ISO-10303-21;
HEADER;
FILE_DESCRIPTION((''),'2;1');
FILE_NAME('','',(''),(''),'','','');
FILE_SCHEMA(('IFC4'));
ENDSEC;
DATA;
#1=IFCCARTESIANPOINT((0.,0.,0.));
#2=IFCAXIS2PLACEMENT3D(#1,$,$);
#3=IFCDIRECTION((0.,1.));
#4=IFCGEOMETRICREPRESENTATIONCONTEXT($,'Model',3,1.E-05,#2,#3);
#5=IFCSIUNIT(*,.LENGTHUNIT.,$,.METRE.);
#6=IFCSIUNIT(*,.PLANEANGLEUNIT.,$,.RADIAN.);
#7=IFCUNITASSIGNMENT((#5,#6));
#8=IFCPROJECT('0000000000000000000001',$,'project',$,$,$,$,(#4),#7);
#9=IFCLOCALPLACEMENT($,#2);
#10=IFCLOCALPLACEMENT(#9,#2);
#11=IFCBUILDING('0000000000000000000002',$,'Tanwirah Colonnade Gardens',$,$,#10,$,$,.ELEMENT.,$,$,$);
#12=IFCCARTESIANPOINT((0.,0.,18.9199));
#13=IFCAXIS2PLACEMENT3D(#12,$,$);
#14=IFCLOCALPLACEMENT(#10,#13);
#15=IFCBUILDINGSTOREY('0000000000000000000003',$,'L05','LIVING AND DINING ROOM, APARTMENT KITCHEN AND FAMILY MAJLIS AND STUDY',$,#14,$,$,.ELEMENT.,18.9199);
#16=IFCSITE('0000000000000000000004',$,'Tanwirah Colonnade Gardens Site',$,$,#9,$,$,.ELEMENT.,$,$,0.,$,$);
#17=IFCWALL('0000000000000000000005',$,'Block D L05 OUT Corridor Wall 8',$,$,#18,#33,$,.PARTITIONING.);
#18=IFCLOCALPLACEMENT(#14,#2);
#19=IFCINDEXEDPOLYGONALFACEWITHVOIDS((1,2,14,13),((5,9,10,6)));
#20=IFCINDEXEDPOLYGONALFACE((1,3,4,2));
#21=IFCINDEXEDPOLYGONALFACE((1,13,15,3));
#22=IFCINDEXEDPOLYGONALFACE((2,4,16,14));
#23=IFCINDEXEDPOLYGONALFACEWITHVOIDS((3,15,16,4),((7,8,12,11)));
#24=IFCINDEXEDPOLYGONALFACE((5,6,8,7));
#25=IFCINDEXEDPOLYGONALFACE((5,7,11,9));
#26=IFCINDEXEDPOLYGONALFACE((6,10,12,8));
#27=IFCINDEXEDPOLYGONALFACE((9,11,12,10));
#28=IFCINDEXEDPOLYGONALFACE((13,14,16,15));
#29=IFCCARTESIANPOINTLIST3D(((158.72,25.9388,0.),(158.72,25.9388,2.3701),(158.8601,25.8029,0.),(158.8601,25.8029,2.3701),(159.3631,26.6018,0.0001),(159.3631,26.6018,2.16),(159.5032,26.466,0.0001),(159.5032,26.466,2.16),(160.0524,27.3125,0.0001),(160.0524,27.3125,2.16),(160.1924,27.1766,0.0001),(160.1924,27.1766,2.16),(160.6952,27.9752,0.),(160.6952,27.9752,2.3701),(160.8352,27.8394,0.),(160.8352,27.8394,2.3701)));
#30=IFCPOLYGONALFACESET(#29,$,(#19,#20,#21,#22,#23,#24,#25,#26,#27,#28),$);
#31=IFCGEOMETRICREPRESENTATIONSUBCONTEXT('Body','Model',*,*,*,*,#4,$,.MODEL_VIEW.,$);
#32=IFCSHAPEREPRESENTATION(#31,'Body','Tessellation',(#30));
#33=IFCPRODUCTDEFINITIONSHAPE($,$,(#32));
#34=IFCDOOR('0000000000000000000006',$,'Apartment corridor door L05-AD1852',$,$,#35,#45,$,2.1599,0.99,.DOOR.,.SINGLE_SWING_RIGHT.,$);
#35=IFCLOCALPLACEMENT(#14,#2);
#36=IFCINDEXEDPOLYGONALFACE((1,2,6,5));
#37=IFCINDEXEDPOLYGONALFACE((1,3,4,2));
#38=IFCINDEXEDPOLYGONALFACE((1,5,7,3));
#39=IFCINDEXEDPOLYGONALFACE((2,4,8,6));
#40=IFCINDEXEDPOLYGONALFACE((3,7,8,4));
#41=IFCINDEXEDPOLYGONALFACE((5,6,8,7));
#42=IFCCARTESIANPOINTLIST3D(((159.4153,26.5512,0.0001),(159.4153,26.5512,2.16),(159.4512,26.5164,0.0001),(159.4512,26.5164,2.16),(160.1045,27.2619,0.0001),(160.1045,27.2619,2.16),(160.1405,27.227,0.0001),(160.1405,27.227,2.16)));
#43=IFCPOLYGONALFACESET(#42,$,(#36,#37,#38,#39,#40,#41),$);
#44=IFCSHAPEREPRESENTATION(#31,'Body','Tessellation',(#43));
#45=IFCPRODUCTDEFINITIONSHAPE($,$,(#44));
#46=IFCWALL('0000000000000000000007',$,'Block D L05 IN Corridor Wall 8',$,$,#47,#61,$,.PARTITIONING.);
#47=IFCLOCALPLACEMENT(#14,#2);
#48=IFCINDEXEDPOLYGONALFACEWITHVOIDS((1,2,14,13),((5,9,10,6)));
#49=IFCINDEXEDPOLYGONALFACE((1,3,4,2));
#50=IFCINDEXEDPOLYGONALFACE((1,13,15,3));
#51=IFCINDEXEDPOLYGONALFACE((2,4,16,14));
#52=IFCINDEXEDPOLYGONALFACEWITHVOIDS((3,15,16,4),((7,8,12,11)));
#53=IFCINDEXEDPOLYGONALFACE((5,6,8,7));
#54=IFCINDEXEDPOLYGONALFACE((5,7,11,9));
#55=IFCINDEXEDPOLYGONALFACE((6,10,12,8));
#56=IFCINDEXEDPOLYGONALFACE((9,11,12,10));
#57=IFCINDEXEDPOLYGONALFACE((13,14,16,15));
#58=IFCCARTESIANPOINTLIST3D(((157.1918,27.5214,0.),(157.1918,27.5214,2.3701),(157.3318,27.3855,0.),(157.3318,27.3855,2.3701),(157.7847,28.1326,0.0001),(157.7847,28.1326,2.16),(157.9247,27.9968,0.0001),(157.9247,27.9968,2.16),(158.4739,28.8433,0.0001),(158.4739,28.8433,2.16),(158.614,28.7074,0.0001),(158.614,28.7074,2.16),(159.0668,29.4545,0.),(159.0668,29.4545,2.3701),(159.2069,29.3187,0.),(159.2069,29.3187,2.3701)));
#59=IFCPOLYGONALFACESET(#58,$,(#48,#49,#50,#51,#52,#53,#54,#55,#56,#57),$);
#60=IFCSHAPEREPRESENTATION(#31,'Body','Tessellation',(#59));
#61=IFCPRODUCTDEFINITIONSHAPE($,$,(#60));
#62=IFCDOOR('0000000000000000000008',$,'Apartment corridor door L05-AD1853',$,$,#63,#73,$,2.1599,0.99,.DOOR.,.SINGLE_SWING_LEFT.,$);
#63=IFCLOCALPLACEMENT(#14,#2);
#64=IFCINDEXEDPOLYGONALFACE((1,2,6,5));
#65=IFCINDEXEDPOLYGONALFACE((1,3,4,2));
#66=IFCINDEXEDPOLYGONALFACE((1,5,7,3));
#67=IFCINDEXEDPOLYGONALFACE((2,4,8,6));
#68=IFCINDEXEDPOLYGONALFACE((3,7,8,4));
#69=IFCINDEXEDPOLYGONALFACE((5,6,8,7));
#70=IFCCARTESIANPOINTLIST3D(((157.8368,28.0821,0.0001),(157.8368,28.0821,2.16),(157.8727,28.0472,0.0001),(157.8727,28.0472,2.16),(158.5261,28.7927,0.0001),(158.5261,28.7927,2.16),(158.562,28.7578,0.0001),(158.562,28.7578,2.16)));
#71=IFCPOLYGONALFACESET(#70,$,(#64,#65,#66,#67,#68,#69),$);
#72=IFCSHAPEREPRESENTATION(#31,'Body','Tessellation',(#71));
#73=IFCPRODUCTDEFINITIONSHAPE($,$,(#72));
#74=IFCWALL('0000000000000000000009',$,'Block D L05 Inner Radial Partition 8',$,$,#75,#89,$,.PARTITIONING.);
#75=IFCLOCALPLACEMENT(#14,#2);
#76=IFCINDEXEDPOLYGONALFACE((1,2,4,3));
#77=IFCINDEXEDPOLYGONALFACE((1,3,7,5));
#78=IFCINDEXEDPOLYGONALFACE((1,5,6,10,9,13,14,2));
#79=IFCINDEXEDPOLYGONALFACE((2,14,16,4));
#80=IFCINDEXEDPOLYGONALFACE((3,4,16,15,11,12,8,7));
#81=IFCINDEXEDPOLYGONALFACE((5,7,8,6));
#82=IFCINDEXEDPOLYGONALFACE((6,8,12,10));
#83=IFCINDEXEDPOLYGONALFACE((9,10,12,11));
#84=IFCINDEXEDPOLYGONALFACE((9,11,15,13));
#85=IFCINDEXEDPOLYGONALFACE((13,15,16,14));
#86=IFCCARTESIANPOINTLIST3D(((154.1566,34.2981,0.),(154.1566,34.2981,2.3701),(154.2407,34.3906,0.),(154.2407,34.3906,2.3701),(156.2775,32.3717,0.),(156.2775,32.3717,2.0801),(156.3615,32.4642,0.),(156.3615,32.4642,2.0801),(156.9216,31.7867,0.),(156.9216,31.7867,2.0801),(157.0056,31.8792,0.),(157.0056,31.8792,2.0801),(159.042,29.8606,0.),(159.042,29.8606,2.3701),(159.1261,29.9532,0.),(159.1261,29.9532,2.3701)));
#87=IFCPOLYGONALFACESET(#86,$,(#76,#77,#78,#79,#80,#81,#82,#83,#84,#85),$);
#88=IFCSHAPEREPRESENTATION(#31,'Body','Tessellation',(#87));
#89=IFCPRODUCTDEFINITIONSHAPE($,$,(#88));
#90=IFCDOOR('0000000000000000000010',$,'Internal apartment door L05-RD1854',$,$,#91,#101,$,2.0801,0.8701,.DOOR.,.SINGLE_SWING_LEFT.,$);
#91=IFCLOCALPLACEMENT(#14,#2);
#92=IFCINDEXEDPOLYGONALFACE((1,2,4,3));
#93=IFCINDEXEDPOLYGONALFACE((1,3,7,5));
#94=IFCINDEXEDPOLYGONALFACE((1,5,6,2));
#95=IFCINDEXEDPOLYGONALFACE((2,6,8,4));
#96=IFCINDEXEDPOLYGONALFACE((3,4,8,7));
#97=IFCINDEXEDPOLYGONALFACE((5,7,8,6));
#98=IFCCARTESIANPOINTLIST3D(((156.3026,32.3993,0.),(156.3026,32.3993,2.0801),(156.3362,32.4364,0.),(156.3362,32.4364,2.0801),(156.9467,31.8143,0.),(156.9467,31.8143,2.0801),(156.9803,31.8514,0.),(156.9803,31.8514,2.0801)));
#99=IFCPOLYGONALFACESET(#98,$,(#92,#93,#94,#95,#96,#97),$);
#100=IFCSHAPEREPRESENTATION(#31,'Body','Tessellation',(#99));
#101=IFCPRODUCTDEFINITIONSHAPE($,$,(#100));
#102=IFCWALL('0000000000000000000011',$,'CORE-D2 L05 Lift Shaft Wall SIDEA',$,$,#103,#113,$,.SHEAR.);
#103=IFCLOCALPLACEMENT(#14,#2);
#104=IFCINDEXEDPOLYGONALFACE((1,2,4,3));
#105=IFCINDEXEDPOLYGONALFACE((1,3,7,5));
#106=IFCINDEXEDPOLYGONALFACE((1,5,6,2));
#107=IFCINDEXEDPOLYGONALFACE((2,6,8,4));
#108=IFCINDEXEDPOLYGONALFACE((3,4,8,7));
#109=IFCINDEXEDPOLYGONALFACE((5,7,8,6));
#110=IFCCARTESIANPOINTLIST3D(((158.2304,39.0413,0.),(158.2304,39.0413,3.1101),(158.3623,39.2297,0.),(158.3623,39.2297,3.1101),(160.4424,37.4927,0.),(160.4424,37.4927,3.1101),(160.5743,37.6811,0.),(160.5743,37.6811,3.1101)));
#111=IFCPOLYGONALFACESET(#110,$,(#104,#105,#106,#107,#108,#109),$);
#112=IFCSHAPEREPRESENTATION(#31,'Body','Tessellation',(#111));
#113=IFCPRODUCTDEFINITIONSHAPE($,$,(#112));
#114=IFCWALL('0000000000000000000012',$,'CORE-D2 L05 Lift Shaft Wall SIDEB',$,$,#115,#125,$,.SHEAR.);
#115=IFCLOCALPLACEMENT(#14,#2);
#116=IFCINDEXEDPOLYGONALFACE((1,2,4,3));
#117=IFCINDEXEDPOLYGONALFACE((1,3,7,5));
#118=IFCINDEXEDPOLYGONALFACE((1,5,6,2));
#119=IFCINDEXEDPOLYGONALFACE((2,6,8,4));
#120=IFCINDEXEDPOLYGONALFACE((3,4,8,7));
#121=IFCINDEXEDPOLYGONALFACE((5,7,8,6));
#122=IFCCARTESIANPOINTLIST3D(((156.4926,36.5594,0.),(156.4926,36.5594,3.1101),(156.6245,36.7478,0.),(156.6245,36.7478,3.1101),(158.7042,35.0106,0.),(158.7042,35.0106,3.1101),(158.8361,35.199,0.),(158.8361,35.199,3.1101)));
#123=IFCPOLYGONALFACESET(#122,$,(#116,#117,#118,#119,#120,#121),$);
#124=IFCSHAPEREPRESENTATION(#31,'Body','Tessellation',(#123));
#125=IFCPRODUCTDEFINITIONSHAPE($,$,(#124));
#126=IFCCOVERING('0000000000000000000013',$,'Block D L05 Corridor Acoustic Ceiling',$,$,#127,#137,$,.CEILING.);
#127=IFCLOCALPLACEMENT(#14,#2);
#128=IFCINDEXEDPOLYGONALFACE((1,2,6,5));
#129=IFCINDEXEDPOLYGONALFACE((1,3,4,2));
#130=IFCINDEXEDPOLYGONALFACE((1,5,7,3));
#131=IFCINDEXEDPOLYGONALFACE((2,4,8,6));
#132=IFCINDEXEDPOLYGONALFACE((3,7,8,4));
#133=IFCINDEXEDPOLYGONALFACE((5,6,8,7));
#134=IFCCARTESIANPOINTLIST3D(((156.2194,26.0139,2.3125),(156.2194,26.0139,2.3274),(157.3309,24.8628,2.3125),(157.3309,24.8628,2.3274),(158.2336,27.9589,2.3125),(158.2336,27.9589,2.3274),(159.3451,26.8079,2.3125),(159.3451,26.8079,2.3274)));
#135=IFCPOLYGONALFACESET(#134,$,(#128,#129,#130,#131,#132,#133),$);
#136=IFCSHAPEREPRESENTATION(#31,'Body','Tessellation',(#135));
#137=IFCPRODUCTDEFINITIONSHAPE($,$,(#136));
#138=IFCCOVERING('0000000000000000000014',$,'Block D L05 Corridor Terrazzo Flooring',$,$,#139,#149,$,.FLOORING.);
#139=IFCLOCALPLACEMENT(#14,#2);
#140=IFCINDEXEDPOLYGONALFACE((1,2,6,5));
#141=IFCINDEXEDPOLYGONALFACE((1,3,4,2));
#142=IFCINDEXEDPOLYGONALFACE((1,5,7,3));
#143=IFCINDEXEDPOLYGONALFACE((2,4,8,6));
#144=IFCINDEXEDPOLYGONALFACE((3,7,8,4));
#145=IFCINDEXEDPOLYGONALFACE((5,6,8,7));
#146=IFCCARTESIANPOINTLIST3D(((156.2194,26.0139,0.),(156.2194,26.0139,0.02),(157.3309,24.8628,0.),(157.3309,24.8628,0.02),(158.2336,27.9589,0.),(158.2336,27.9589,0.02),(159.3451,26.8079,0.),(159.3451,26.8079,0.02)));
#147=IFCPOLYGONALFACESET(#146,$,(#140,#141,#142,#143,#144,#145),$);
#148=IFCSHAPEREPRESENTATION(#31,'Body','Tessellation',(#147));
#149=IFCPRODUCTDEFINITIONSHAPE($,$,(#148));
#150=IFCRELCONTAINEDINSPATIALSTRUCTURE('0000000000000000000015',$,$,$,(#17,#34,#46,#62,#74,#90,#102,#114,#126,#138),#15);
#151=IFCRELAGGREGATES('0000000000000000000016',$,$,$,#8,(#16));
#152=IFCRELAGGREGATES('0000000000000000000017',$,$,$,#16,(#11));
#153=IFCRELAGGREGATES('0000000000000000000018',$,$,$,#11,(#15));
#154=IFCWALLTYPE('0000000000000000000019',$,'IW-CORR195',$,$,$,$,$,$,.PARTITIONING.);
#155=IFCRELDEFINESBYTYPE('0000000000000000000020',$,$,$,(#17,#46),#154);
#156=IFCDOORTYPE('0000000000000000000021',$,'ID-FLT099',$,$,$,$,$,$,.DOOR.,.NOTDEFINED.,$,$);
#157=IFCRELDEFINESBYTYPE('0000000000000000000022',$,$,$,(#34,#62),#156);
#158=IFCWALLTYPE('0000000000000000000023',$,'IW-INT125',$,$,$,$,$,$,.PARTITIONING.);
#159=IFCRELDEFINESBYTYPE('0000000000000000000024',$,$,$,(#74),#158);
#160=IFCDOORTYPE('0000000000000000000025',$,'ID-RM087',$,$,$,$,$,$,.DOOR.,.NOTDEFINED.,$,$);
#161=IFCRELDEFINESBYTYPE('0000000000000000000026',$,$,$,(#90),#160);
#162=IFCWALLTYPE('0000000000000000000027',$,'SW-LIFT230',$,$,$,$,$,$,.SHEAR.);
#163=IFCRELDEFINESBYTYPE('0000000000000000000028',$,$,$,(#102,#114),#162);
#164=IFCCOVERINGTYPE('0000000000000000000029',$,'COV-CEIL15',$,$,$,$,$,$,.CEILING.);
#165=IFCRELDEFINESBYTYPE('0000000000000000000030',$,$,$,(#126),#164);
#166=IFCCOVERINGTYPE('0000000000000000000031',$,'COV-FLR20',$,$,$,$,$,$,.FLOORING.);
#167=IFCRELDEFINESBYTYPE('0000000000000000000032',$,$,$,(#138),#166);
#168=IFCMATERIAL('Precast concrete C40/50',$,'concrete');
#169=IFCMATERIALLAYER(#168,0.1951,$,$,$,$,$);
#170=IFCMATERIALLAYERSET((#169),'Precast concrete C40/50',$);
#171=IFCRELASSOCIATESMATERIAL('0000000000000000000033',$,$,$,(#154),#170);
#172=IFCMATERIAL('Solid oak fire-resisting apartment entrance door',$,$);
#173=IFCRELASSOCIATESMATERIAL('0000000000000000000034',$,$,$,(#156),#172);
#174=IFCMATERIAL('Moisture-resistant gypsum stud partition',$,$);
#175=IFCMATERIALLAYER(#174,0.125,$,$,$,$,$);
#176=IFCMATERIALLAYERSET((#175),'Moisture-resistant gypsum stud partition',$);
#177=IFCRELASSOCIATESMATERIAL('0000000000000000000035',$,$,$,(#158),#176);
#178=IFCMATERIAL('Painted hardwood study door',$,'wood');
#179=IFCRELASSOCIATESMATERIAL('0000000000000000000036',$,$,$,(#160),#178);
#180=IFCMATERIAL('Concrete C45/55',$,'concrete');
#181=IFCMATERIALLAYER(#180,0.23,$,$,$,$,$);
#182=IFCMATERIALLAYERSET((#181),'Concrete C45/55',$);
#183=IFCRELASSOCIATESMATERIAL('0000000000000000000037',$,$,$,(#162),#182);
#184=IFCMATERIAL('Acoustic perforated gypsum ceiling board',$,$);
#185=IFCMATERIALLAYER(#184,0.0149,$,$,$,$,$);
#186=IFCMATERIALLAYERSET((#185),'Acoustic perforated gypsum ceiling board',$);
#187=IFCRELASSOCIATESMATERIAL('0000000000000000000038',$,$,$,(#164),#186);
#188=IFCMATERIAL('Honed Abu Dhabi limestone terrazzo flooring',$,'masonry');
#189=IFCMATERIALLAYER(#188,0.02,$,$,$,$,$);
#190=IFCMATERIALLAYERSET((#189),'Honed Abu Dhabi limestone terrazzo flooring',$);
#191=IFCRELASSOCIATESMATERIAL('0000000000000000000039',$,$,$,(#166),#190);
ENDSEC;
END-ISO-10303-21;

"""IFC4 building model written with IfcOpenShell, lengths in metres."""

from ifc_helpers import new_model, si_unit, direction, frame, frame_2d, origin, origin_2d, place, context, subcontext, project, spatial, rectangle, extrude, material, layer, layer_set, type_object, element, fill, save


model = new_model("IFC4")

# Units and contexts
model_context = context("Model", 3, precision=1e-05, world=origin(), true_north=direction((0.0, 1.0)))
body_context = subcontext(model_context, "Body", "Model", "MODEL_VIEW")
ifc_project = project(units=[si_unit("LENGTHUNIT", "METRE"), si_unit("PLANEANGLEUNIT", "RADIAN")], contexts=[model_context])

# Site, building, storey
site_placement = place(None, origin())
site = spatial("IfcSite", under=ifc_project, at=site_placement, Name="Tanwirah Colonnade Gardens Site", CompositionType="ELEMENT", RefElevation=0.0)
building_placement = place(site_placement, origin())
building = spatial("IfcBuilding", under=site, at=building_placement, Name="Tanwirah Colonnade Gardens", CompositionType="ELEMENT")
storey_placement = place(building_placement, frame((0.0, 0.0, 18.9199)))
storey = spatial("IfcBuildingStorey", under=building, at=storey_placement, Name="L05", Description="LIVING AND DINING ROOM, APARTMENT KITCHEN AND FAMILY MAJLIS AND STUDY", CompositionType="ELEMENT", Elevation=18.9199)

# Shared definitions
ifc_material_1 = material(Name="Precast concrete C40/50", Category="concrete")

# Walls, openings, doors
ifc_layer_1 = layer(ifc_material_1, 0.1951)
ifc_layer_set_1 = layer_set([ifc_layer_1], Name="Precast concrete C40/50")
wall_type_1 = type_object("IfcWallType", Name="IW-CORR195", PredefinedType="PARTITIONING", material=ifc_layer_set_1)
wall_1_placement = place(storey_placement, frame((158.79, 25.8708, 0.0), z_axis=(0.0, 0.0, 1.0), x_axis=(0.696224, 0.717825, 0.0)))
wall_1 = element("IfcWall", 1, at=wall_1_placement, inside=storey, type_object=wall_type_1, Name="Block D L05 OUT Corridor Wall 8", PredefinedType="PARTITIONING", context=body_context, shape_type="SweptSolid", body=[
    extrude(rectangle(XDim=2.8369, YDim=0.1951, at=frame_2d((1.4185, 0.0))), origin(), (0.0, 0.0, 1.0), 2.3701),
])
opening_1_placement = place(wall_1_placement, frame((0.9236, 0.0, 0.0)))
opening_1 = element("IfcOpeningElement", 2, at=opening_1_placement, cuts=wall_1, PredefinedType="OPENING", context=body_context, shape_type="SweptSolid", body=[
    extrude(rectangle(XDim=0.99, YDim=2.1599, at=frame_2d((0.4951, 1.0801))), frame((0.0, 0.1074, 0.0), z_axis=(0.0, -1.0, 0.0), x_axis=(1.0, 0.0, 0.0)), (0.0, 0.0, 1.0), 0.2151),
])
ifc_material_2 = material(Name="Solid oak fire-resisting apartment entrance door")
door_type_1 = type_object("IfcDoorType", Name="ID-FLT099", OperationType="NOTDEFINED", PredefinedType="DOOR", material=ifc_material_2)
door_1_placement = place(opening_1_placement, origin())
door_1 = element("IfcDoor", 3, at=door_1_placement, inside=storey, type_object=door_type_1, Name="Apartment corridor door L05-AD1852", OperationType="SINGLE_SWING_RIGHT", OverallHeight=2.1599, OverallWidth=0.99, PredefinedType="DOOR", context=body_context, shape_type="SweptSolid", body=[
    extrude(rectangle(XDim=0.99, YDim=2.1599, at=frame_2d((0.4951, 1.0801))), frame((0.0, 0.0249, 0.0), z_axis=(0.0, -1.0, 0.0), x_axis=(1.0, 0.0, 0.0)), (0.0, 0.0, 1.0), 0.05),
])
fill(opening_1, door_1)
wall_2_placement = place(storey_placement, frame((157.2617, 27.4534, 0.0), z_axis=(0.0, 0.0, 1.0), x_axis=(0.696236, 0.717813, 0.0)))
wall_2 = element("IfcWall", 4, at=wall_2_placement, inside=storey, type_object=wall_type_1, Name="Block D L05 IN Corridor Wall 8", PredefinedType="PARTITIONING", context=body_context, shape_type="SweptSolid", body=[
    extrude(rectangle(XDim=2.6931, YDim=0.1951, at=frame_2d((1.3467, 0.0))), origin(), (0.0, 0.0, 1.0), 2.3701),
])
opening_2_placement = place(wall_2_placement, frame((0.8516, 0.0, 0.0)))
opening_2 = element("IfcOpeningElement", 5, at=opening_2_placement, cuts=wall_2, PredefinedType="OPENING", context=body_context, shape_type="SweptSolid", body=[
    extrude(rectangle(XDim=0.99, YDim=2.1599, at=frame_2d((0.4951, 1.0801))), frame((0.0, 0.1074, 0.0), z_axis=(0.0, -1.0, 0.0), x_axis=(1.0, 0.0, 0.0)), (0.0, 0.0, 1.0), 0.2151),
])
door_2_placement = place(opening_2_placement, origin())
door_2 = element("IfcDoor", 6, at=door_2_placement, inside=storey, type_object=door_type_1, Name="Apartment corridor door L05-AD1853", OperationType="SINGLE_SWING_LEFT", OverallHeight=2.1599, OverallWidth=0.99, PredefinedType="DOOR", context=body_context, shape_type="SweptSolid", body=[
    extrude(rectangle(XDim=0.99, YDim=2.1599, at=frame_2d((0.4951, 1.0801))), frame((0.0, 0.0249, 0.0), z_axis=(0.0, -1.0, 0.0), x_axis=(1.0, 0.0, 0.0)), (0.0, 0.0, 1.0), 0.05),
])
fill(opening_2, door_2)
ifc_material_3 = material(Name="Moisture-resistant gypsum stud partition")
ifc_layer_2 = layer(ifc_material_3, 0.125)
ifc_layer_set_2 = layer_set([ifc_layer_2], Name="Moisture-resistant gypsum stud partition")
wall_type_2 = type_object("IfcWallType", Name="IW-INT125", PredefinedType="PARTITIONING", material=ifc_layer_set_2)
wall_3_placement = place(storey_placement, frame((154.1987, 34.3442, 0.0), z_axis=(0.0, 0.0, 1.0), x_axis=(0.740231, -0.672352, 0.0)))
wall_3 = element("IfcWall", 7, at=wall_3_placement, inside=storey, type_object=wall_type_2, Name="Block D L05 Inner Radial Partition 8", PredefinedType="PARTITIONING", context=body_context, shape_type="SweptSolid", body=[
    extrude(rectangle(XDim=6.5999, YDim=0.125, at=frame_2d((3.2998, 0.0))), origin(), (0.0, 0.0, 1.0), 2.3701),
])
opening_3_placement = place(wall_3_placement, frame((2.865, 0.0, 0.0)))
opening_3 = element("IfcOpeningElement", 8, at=opening_3_placement, cuts=wall_3, PredefinedType="OPENING", context=body_context, shape_type="SweptSolid", body=[
    extrude(rectangle(XDim=0.8701, YDim=2.0801, at=frame_2d((0.4351, 1.04))), frame((0.0, 0.0725, 0.0), z_axis=(0.0, -1.0, 0.0), x_axis=(1.0, 0.0, 0.0)), (0.0, 0.0, 1.0), 0.145),
])
ifc_material_4 = material(Name="Painted hardwood study door", Category="wood")
door_type_2 = type_object("IfcDoorType", Name="ID-RM087", OperationType="NOTDEFINED", PredefinedType="DOOR", material=ifc_material_4)
door_3_placement = place(opening_3_placement, origin())
door_3 = element("IfcDoor", 9, at=door_3_placement, inside=storey, type_object=door_type_2, Name="Internal apartment door L05-RD1854", OperationType="SINGLE_SWING_LEFT", OverallHeight=2.0801, OverallWidth=0.8701, PredefinedType="DOOR", context=body_context, shape_type="SweptSolid", body=[
    extrude(rectangle(XDim=0.8701, YDim=2.0801, at=frame_2d((0.4351, 1.04))), frame((0.0, 0.0249, 0.0), z_axis=(0.0, -1.0, 0.0), x_axis=(1.0, 0.0, 0.0)), (0.0, 0.0, 1.0), 0.05),
])
fill(opening_3, door_3)
ifc_material_5 = material(Name="Concrete C45/55", Category="concrete")
ifc_layer_3 = layer(ifc_material_5, 0.23)
ifc_layer_set_3 = layer_set([ifc_layer_3], Name="Concrete C45/55")
wall_type_3 = type_object("IfcWallType", Name="SW-LIFT230", PredefinedType="SHEAR", material=ifc_layer_set_3)

# Walls
wall_4_placement = place(storey_placement, frame((160.5083, 37.5869, 0.0), z_axis=(0.0, 0.0, 1.0), x_axis=(-0.819189, 0.573523, 0.0)))
element("IfcWall", 10, at=wall_4_placement, inside=storey, type_object=wall_type_3, Name="CORE-D2 L05 Lift Shaft Wall SIDEA", PredefinedType="SHEAR", context=body_context, shape_type="SweptSolid", body=[
    extrude(rectangle(XDim=2.7002, YDim=0.23, at=frame_2d((1.3501, 0.0))), origin(), (0.0, 0.0, 1.0), 3.1101),
])
wall_5_placement = place(storey_placement, frame((158.7703, 35.1047, 0.0), z_axis=(0.0, 0.0, 1.0), x_axis=(-0.819117, 0.573626, 0.0)))
element("IfcWall", 11, at=wall_5_placement, inside=storey, type_object=wall_type_3, Name="CORE-D2 L05 Lift Shaft Wall SIDEB", PredefinedType="SHEAR", context=body_context, shape_type="SweptSolid", body=[
    extrude(rectangle(XDim=2.7, YDim=0.23, at=frame_2d((1.3501, 0.0))), origin(), (0.0, 0.0, 1.0), 3.1101),
])

# Coverings
ifc_material_6 = material(Name="Acoustic perforated gypsum ceiling board")
ifc_layer_4 = layer(ifc_material_6, 0.0149)
ifc_layer_set_4 = layer_set([ifc_layer_4], Name="Acoustic perforated gypsum ceiling board")
covering_type_1 = type_object("IfcCoveringType", Name="COV-CEIL15", PredefinedType="CEILING", material=ifc_layer_set_4)
covering_1_placement = place(storey_placement, frame((157.7822, 26.4109, 2.3125), z_axis=(0.0, 0.0, 1.0), x_axis=(0.71934, 0.694658, 0.0)))
element("IfcCovering", 12, at=covering_1_placement, inside=storey, type_object=covering_type_1, Name="Block D L05 Corridor Acoustic Ceiling", PredefinedType="CEILING", context=body_context, shape_type="SweptSolid", body=[
    extrude(rectangle(XDim=2.8, YDim=1.6001, at=origin_2d()), origin(), (0.0, 0.0, 1.0), 0.0149),
])
ifc_material_7 = material(Name="Honed Abu Dhabi limestone terrazzo flooring", Category="masonry")
ifc_layer_5 = layer(ifc_material_7, 0.02)
ifc_layer_set_5 = layer_set([ifc_layer_5], Name="Honed Abu Dhabi limestone terrazzo flooring")
covering_type_2 = type_object("IfcCoveringType", Name="COV-FLR20", PredefinedType="FLOORING", material=ifc_layer_set_5)
covering_2_placement = place(storey_placement, frame((157.7822, 26.4109, 0.0), z_axis=(0.0, 0.0, 1.0), x_axis=(0.71934, 0.694658, 0.0)))
element("IfcCovering", 13, at=covering_2_placement, inside=storey, type_object=covering_type_2, Name="Block D L05 Corridor Terrazzo Flooring", PredefinedType="FLOORING", context=body_context, shape_type="SweptSolid", body=[
    extrude(rectangle(XDim=2.8, YDim=1.6001, at=origin_2d()), origin(), (0.0, 0.0, 1.0), 0.02),
])

save(model, "model.ifc")
